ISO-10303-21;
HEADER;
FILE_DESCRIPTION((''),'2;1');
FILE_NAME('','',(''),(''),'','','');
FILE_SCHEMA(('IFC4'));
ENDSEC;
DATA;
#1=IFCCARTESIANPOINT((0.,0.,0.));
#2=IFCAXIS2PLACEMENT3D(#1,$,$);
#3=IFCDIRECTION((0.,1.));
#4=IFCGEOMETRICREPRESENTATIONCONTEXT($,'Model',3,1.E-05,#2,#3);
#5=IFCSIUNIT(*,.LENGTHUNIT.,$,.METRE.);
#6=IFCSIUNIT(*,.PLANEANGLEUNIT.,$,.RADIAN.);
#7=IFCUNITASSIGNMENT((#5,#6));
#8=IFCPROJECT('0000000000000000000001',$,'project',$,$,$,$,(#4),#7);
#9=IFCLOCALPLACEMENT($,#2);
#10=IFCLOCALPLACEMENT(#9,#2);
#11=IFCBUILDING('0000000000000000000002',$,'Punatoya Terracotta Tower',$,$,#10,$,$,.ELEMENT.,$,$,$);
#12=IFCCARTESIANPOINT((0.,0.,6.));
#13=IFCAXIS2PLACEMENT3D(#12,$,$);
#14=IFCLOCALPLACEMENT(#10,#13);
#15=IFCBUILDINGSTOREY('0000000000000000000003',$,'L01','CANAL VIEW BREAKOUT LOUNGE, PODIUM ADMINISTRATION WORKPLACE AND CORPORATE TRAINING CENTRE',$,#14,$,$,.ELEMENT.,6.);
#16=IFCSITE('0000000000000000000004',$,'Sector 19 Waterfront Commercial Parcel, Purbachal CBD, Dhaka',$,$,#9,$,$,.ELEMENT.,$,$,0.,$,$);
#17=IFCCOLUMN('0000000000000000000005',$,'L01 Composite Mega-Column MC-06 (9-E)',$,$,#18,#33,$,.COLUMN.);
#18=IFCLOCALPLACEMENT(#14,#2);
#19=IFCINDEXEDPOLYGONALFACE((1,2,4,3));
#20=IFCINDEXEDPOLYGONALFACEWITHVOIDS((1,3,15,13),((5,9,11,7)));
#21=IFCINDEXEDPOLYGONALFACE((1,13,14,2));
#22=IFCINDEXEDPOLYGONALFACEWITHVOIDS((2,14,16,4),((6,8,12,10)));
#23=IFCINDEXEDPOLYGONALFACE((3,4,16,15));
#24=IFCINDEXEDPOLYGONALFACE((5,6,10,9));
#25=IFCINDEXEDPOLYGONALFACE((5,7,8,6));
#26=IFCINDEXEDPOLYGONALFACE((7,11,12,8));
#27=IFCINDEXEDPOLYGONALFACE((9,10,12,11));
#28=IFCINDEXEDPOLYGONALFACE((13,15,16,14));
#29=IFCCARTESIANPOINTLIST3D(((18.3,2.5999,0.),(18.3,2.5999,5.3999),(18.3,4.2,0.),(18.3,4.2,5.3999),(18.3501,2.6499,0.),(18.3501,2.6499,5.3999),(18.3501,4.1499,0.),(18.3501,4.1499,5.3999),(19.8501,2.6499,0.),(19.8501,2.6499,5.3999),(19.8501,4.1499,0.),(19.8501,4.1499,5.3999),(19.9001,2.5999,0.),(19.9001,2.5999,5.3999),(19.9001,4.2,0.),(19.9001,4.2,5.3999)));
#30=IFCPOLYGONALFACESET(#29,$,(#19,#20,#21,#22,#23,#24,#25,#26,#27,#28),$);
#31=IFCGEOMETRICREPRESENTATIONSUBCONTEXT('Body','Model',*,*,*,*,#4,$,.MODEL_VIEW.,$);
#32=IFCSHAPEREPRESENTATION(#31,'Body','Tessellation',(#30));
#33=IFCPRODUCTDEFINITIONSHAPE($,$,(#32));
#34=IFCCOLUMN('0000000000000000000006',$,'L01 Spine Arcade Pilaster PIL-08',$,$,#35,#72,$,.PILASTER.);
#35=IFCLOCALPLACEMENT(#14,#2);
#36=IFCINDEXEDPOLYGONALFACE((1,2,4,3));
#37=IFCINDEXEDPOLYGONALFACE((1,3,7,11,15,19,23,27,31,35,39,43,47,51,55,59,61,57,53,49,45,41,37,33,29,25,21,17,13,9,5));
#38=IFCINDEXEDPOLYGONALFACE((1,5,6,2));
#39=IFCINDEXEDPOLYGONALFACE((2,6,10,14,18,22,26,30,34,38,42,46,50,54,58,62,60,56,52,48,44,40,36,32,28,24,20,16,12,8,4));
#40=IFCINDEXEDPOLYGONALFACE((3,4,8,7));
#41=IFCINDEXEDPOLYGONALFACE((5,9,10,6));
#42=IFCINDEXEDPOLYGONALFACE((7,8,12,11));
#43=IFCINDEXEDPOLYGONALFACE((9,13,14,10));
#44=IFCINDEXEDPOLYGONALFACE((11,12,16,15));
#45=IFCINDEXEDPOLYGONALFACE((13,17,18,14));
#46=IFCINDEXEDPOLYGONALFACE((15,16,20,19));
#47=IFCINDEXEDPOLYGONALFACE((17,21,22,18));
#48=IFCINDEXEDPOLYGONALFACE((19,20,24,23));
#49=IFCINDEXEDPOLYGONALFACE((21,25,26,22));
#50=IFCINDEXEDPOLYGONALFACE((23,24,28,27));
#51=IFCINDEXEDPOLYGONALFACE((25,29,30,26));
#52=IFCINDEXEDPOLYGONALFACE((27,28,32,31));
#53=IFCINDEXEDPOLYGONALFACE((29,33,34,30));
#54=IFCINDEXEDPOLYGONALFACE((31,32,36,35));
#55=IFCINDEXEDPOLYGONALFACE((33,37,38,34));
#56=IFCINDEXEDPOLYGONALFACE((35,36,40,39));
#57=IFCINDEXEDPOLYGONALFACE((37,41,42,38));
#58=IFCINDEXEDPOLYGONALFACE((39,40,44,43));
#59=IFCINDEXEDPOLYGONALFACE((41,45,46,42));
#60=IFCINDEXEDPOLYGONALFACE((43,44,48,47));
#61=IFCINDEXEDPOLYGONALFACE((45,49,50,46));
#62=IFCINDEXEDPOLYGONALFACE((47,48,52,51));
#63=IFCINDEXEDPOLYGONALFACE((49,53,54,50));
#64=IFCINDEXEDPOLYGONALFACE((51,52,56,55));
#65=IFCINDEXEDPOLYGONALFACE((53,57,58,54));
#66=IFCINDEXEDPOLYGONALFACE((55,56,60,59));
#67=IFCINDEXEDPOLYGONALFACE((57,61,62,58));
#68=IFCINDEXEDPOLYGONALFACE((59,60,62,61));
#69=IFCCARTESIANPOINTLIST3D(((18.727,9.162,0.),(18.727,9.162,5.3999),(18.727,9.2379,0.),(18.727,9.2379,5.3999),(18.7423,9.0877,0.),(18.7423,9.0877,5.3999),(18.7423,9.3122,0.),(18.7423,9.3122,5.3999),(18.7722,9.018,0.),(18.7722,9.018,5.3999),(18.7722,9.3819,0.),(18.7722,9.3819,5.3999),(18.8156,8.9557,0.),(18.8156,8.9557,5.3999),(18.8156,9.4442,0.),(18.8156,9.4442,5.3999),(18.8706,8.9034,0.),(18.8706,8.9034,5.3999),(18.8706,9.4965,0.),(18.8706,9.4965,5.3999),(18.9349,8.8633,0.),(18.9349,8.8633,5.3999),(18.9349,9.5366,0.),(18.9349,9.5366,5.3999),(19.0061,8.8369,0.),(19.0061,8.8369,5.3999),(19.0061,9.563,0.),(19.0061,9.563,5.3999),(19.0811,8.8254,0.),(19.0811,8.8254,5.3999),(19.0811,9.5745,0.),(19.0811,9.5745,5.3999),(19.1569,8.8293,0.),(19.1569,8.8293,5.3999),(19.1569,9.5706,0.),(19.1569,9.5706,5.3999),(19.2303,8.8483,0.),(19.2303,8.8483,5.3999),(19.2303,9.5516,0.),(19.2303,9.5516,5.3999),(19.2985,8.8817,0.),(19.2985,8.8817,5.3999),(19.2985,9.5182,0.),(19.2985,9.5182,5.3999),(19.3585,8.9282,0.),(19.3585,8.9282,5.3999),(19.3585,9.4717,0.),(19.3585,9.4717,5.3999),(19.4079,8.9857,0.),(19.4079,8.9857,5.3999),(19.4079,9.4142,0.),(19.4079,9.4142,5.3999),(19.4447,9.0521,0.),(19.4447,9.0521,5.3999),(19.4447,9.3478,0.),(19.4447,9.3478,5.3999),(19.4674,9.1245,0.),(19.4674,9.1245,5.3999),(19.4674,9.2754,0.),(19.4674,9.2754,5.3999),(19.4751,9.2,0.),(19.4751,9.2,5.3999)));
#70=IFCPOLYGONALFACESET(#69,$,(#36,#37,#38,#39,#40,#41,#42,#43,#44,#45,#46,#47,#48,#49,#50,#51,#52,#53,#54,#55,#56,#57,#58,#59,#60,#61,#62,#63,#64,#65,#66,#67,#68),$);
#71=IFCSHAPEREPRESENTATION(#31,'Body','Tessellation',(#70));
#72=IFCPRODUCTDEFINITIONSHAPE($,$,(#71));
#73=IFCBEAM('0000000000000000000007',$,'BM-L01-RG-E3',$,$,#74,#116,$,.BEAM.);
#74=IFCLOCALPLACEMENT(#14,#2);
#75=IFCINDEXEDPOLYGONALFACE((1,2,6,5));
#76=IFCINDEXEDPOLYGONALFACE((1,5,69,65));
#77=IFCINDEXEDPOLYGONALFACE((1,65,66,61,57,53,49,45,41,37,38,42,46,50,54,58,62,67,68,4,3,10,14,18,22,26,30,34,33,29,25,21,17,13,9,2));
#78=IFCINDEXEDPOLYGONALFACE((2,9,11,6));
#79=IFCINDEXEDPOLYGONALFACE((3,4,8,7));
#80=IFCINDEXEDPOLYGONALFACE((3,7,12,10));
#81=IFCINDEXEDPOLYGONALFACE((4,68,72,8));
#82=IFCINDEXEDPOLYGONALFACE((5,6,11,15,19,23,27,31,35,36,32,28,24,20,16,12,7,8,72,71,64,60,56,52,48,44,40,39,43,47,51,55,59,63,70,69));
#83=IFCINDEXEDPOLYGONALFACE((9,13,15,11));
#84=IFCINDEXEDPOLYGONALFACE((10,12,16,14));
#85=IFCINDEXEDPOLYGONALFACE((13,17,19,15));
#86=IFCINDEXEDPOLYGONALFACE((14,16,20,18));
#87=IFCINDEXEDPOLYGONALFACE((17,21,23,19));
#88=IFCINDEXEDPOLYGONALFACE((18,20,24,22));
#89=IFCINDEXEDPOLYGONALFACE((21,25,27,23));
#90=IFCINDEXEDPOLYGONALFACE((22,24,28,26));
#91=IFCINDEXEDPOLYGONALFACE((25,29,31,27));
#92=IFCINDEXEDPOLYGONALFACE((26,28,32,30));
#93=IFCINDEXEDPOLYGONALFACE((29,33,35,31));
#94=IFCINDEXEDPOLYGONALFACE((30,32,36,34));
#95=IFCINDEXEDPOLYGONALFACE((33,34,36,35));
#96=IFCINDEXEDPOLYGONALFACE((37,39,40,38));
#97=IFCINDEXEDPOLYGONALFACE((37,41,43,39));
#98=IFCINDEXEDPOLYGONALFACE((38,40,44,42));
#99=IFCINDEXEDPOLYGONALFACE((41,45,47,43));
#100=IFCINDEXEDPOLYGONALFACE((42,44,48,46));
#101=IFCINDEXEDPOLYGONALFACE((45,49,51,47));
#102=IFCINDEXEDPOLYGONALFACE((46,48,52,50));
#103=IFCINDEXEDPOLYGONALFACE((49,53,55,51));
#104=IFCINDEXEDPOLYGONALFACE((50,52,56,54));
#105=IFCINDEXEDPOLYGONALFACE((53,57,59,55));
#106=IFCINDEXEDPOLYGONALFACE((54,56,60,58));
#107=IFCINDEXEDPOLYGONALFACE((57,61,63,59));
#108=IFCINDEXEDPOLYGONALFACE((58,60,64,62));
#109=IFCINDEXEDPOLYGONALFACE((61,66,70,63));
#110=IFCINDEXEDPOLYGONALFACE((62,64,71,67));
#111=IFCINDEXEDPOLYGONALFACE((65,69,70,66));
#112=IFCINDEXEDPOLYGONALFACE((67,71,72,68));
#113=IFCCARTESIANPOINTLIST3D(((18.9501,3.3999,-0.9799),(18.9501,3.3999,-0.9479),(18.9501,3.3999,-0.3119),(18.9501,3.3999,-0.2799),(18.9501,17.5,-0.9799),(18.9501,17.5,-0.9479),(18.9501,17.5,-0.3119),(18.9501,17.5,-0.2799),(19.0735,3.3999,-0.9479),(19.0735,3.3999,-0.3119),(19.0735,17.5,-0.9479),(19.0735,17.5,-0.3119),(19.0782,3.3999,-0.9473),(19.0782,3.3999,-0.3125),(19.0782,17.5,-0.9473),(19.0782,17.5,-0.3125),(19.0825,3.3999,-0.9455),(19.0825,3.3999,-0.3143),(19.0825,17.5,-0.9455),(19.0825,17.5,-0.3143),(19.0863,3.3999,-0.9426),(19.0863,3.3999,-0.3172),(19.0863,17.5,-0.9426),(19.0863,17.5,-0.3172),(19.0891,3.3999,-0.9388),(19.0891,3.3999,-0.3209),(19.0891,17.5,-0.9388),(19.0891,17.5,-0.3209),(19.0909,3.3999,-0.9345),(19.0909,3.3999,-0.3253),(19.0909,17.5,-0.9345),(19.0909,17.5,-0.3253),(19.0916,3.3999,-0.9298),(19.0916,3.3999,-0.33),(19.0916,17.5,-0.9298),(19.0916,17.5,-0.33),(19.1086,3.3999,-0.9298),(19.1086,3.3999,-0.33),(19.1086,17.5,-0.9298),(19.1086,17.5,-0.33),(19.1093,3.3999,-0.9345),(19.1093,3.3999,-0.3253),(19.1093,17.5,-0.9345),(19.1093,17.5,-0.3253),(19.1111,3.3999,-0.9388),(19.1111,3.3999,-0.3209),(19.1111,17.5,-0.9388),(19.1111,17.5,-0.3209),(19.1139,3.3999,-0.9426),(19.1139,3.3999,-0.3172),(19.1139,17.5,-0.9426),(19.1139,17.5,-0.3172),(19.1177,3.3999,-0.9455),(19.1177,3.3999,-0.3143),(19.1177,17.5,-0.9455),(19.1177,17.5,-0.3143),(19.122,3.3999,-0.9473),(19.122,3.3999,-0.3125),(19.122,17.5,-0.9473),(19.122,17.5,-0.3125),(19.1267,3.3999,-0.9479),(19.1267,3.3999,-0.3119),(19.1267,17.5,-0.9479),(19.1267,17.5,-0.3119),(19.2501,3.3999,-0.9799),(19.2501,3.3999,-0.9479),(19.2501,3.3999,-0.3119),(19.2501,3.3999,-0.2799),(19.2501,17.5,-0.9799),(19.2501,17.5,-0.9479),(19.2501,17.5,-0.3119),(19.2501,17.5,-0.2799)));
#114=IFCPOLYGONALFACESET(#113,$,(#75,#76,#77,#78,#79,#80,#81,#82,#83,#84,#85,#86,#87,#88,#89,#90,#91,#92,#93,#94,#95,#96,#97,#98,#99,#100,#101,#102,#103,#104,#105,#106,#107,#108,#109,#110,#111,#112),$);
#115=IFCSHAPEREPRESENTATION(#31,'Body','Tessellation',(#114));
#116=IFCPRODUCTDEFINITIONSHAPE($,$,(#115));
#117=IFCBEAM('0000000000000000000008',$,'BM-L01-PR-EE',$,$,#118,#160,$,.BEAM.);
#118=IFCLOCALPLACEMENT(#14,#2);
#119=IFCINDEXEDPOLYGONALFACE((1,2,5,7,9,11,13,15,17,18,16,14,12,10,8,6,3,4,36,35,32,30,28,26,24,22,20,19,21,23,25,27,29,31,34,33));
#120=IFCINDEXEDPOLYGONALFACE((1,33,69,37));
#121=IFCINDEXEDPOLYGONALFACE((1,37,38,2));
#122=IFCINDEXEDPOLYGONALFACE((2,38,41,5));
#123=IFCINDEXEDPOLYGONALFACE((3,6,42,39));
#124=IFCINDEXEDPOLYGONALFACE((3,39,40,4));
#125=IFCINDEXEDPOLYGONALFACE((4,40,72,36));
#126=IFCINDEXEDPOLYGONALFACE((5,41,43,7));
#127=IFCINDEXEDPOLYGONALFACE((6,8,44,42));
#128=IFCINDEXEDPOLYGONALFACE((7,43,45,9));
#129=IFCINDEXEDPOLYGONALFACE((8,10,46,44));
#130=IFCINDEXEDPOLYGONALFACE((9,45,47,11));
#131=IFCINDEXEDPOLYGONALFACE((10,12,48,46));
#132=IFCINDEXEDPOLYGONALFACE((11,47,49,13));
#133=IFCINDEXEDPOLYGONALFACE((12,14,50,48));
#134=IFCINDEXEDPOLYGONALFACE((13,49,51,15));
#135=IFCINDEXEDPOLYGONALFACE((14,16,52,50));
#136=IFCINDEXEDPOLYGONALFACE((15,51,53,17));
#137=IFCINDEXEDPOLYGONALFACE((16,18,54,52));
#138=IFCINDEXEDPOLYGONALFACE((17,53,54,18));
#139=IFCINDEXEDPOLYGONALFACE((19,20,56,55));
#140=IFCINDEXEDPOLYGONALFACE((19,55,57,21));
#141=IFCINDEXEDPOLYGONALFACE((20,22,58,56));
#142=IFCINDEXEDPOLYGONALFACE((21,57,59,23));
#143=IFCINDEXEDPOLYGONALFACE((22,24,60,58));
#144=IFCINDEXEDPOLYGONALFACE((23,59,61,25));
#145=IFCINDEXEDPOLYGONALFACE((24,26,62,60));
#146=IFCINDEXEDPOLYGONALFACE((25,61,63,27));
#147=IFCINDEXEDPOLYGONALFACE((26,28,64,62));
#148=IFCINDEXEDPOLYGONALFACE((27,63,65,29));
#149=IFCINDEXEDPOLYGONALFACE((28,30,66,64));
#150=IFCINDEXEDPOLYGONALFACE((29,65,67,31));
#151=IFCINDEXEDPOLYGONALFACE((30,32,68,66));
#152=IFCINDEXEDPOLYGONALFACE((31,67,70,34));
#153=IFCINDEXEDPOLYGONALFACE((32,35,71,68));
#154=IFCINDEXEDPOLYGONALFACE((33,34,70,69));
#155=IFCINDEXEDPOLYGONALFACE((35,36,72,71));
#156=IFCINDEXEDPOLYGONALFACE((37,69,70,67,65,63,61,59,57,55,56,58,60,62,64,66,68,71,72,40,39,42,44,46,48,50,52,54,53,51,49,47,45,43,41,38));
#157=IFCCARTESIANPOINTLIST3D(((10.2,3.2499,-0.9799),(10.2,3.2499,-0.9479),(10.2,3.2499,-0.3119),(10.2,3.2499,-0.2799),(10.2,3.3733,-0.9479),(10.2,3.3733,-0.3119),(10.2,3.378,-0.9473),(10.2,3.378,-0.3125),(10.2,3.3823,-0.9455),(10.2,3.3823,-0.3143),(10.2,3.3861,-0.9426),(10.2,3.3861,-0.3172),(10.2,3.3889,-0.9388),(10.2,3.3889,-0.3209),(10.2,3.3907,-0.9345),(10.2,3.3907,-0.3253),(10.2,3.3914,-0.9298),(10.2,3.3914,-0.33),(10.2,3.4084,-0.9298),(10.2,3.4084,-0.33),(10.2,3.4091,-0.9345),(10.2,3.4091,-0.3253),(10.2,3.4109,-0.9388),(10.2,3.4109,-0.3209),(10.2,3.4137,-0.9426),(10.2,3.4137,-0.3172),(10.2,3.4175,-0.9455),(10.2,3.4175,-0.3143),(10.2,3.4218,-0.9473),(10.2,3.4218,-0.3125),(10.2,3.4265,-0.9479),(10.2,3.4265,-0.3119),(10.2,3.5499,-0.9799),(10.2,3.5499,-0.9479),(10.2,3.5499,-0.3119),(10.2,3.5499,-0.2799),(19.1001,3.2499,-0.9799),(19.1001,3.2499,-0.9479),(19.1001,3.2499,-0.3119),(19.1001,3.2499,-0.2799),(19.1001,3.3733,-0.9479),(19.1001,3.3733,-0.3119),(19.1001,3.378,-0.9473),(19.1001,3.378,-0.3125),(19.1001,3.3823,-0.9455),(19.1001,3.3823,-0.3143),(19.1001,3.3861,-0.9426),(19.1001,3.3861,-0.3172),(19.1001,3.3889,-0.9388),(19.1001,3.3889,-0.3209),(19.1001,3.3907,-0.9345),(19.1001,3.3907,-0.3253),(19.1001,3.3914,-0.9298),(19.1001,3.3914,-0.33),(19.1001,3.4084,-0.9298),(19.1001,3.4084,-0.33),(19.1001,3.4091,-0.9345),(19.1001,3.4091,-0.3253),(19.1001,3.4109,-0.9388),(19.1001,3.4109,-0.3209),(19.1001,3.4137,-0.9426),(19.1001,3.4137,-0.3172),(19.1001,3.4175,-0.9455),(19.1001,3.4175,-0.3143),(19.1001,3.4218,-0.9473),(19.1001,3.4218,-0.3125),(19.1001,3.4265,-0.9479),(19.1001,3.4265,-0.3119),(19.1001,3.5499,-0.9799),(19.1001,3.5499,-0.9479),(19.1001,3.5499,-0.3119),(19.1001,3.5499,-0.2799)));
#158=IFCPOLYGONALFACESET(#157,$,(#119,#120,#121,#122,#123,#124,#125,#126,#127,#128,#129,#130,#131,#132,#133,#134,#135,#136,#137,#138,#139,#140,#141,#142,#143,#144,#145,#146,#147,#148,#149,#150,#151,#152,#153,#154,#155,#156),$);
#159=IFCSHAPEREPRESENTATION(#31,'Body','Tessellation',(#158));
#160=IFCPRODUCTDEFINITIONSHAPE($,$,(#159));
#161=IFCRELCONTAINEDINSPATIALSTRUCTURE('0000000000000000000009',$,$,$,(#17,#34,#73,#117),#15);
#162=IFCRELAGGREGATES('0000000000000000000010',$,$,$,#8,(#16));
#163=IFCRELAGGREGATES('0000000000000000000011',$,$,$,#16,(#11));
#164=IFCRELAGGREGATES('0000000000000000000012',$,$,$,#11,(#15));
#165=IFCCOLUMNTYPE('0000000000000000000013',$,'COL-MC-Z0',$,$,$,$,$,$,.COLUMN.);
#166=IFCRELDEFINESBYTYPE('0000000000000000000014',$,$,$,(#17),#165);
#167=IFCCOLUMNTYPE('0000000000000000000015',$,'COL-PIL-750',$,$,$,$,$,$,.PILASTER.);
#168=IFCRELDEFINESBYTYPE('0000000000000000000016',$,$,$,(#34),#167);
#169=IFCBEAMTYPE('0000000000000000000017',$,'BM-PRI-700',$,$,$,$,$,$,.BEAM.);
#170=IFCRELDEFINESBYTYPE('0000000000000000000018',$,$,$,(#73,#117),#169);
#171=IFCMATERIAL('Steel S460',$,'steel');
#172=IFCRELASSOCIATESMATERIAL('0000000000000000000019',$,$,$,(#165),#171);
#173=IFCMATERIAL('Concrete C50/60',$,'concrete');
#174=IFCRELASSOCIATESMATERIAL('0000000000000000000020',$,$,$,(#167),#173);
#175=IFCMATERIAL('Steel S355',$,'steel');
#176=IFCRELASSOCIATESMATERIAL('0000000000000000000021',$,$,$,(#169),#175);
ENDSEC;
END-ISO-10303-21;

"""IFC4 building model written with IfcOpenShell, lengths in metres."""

from ifc_helpers import new_model, si_unit, direction, frame, origin, origin_2d, place, context, subcontext, project, spatial, hollow_rectangle, circle, i_section, extrude, material, material_profile, profile_set, type_object, element, save


model = new_model("IFC4")

# Units and contexts
model_context = context("Model", 3, precision=1e-05, world=origin(), true_north=direction((0.0, 1.0)))
body_context = subcontext(model_context, "Body", "Model", "MODEL_VIEW")
ifc_project = project(units=[si_unit("LENGTHUNIT", "METRE"), si_unit("PLANEANGLEUNIT", "RADIAN")], contexts=[model_context])

# Site, building, storey
site_placement = place(None, origin())
site = spatial("IfcSite", under=ifc_project, at=site_placement, Name="Sector 19 Waterfront Commercial Parcel, Purbachal CBD, Dhaka", CompositionType="ELEMENT", RefElevation=0.0)
building_placement = place(site_placement, origin())
building = spatial("IfcBuilding", under=site, at=building_placement, Name="Punatoya Terracotta Tower", CompositionType="ELEMENT")
storey_placement = place(building_placement, frame((0.0, 0.0, 6.0)))
storey = spatial("IfcBuildingStorey", under=building, at=storey_placement, Name="L01", Description="CANAL VIEW BREAKOUT LOUNGE, PODIUM ADMINISTRATION WORKPLACE AND CORPORATE TRAINING CENTRE", CompositionType="ELEMENT", Elevation=6.0)

# Columns
ifc_material_1 = material(Name="Steel S460", Category="steel")
ifc_material_profile_1 = material_profile(ifc_material_1, hollow_rectangle(XDim=1.6001, YDim=1.6001, WallThickness=0.05, at=origin_2d()))
ifc_profile_set_1 = profile_set([ifc_material_profile_1], Name="Steel S460")
column_type_1 = type_object("IfcColumnType", Name="COL-MC-Z0", PredefinedType="COLUMN", material=ifc_profile_set_1)
column_1_placement = place(storey_placement, frame((19.1001, 3.3999, 0.0), z_axis=(0.0, 0.0, 1.0), x_axis=(1.0, 0.0, 0.0)))
element("IfcColumn", 1, at=column_1_placement, inside=storey, type_object=column_type_1, Name="L01 Composite Mega-Column MC-06 (9-E)", PredefinedType="COLUMN", context=body_context, shape_type="SweptSolid", body=[
    extrude(hollow_rectangle(XDim=1.6001, YDim=1.6001, WallThickness=0.05, at=origin_2d()), origin(), (0.0, 0.0, 1.0), 5.3999),
])
ifc_material_2 = material(Name="Concrete C50/60", Category="concrete")
ifc_material_profile_2 = material_profile(ifc_material_2, circle(Radius=0.375, at=origin_2d()))
ifc_profile_set_2 = profile_set([ifc_material_profile_2], Name="Concrete C50/60")
column_type_2 = type_object("IfcColumnType", Name="COL-PIL-750", PredefinedType="PILASTER", material=ifc_profile_set_2)
column_2_placement = place(storey_placement, frame((19.1001, 9.2, 0.0), z_axis=(0.0, 0.0, 1.0), x_axis=(1.0, 0.0, 0.0)))
element("IfcColumn", 2, at=column_2_placement, inside=storey, type_object=column_type_2, Name="L01 Spine Arcade Pilaster PIL-08", PredefinedType="PILASTER", context=body_context, shape_type="SweptSolid", body=[
    extrude(circle(Radius=0.375, at=origin_2d()), origin(), (0.0, 0.0, 1.0), 5.3999),
])

# Beams
ifc_material_3 = material(Name="Steel S355", Category="steel")
ifc_material_profile_3 = material_profile(ifc_material_3, i_section(OverallWidth=0.3, OverallDepth=0.7, WebThickness=0.0171, FlangeThickness=0.032, FilletRadius=0.0181, at=origin_2d()))
ifc_profile_set_3 = profile_set([ifc_material_profile_3], Name="Steel S355")
beam_type_1 = type_object("IfcBeamType", Name="BM-PRI-700", PredefinedType="BEAM", material=ifc_profile_set_3)
beam_1_placement = place(storey_placement, frame((19.1001, 3.3999, -0.6299), z_axis=(0.0, 1.0, 0.0), x_axis=(-1.0, 0.0, 0.0)))
element("IfcBeam", 3, at=beam_1_placement, inside=storey, type_object=beam_type_1, Name="BM-L01-RG-E3", PredefinedType="BEAM", context=body_context, shape_type="SweptSolid", body=[
    extrude(i_section(OverallWidth=0.3, OverallDepth=0.7, WebThickness=0.0171, FlangeThickness=0.032, FilletRadius=0.0181, at=origin_2d()), origin(), (0.0, 0.0, 1.0), 14.1001),
])
for number, where, z_axis, x_axis, name in (
    (4, (10.2, 3.3999, -0.6299), (1.0, 0.0, 0.0), (0.0, 1.0, 0.0), "BM-L01-PR-EE"),
):
    element("IfcBeam", number, at=place(storey_placement, frame(where, z_axis=z_axis, x_axis=x_axis)), inside=storey, type_object=beam_type_1, Name=name, PredefinedType="BEAM", context=body_context, shape_type="SweptSolid", body=[
        extrude(i_section(OverallWidth=0.3, OverallDepth=0.7, WebThickness=0.0171, FlangeThickness=0.032, FilletRadius=0.0181, at=origin_2d()), origin(), (0.0, 0.0, 1.0), 8.9001),
    ])

save(model, "model.ifc")
